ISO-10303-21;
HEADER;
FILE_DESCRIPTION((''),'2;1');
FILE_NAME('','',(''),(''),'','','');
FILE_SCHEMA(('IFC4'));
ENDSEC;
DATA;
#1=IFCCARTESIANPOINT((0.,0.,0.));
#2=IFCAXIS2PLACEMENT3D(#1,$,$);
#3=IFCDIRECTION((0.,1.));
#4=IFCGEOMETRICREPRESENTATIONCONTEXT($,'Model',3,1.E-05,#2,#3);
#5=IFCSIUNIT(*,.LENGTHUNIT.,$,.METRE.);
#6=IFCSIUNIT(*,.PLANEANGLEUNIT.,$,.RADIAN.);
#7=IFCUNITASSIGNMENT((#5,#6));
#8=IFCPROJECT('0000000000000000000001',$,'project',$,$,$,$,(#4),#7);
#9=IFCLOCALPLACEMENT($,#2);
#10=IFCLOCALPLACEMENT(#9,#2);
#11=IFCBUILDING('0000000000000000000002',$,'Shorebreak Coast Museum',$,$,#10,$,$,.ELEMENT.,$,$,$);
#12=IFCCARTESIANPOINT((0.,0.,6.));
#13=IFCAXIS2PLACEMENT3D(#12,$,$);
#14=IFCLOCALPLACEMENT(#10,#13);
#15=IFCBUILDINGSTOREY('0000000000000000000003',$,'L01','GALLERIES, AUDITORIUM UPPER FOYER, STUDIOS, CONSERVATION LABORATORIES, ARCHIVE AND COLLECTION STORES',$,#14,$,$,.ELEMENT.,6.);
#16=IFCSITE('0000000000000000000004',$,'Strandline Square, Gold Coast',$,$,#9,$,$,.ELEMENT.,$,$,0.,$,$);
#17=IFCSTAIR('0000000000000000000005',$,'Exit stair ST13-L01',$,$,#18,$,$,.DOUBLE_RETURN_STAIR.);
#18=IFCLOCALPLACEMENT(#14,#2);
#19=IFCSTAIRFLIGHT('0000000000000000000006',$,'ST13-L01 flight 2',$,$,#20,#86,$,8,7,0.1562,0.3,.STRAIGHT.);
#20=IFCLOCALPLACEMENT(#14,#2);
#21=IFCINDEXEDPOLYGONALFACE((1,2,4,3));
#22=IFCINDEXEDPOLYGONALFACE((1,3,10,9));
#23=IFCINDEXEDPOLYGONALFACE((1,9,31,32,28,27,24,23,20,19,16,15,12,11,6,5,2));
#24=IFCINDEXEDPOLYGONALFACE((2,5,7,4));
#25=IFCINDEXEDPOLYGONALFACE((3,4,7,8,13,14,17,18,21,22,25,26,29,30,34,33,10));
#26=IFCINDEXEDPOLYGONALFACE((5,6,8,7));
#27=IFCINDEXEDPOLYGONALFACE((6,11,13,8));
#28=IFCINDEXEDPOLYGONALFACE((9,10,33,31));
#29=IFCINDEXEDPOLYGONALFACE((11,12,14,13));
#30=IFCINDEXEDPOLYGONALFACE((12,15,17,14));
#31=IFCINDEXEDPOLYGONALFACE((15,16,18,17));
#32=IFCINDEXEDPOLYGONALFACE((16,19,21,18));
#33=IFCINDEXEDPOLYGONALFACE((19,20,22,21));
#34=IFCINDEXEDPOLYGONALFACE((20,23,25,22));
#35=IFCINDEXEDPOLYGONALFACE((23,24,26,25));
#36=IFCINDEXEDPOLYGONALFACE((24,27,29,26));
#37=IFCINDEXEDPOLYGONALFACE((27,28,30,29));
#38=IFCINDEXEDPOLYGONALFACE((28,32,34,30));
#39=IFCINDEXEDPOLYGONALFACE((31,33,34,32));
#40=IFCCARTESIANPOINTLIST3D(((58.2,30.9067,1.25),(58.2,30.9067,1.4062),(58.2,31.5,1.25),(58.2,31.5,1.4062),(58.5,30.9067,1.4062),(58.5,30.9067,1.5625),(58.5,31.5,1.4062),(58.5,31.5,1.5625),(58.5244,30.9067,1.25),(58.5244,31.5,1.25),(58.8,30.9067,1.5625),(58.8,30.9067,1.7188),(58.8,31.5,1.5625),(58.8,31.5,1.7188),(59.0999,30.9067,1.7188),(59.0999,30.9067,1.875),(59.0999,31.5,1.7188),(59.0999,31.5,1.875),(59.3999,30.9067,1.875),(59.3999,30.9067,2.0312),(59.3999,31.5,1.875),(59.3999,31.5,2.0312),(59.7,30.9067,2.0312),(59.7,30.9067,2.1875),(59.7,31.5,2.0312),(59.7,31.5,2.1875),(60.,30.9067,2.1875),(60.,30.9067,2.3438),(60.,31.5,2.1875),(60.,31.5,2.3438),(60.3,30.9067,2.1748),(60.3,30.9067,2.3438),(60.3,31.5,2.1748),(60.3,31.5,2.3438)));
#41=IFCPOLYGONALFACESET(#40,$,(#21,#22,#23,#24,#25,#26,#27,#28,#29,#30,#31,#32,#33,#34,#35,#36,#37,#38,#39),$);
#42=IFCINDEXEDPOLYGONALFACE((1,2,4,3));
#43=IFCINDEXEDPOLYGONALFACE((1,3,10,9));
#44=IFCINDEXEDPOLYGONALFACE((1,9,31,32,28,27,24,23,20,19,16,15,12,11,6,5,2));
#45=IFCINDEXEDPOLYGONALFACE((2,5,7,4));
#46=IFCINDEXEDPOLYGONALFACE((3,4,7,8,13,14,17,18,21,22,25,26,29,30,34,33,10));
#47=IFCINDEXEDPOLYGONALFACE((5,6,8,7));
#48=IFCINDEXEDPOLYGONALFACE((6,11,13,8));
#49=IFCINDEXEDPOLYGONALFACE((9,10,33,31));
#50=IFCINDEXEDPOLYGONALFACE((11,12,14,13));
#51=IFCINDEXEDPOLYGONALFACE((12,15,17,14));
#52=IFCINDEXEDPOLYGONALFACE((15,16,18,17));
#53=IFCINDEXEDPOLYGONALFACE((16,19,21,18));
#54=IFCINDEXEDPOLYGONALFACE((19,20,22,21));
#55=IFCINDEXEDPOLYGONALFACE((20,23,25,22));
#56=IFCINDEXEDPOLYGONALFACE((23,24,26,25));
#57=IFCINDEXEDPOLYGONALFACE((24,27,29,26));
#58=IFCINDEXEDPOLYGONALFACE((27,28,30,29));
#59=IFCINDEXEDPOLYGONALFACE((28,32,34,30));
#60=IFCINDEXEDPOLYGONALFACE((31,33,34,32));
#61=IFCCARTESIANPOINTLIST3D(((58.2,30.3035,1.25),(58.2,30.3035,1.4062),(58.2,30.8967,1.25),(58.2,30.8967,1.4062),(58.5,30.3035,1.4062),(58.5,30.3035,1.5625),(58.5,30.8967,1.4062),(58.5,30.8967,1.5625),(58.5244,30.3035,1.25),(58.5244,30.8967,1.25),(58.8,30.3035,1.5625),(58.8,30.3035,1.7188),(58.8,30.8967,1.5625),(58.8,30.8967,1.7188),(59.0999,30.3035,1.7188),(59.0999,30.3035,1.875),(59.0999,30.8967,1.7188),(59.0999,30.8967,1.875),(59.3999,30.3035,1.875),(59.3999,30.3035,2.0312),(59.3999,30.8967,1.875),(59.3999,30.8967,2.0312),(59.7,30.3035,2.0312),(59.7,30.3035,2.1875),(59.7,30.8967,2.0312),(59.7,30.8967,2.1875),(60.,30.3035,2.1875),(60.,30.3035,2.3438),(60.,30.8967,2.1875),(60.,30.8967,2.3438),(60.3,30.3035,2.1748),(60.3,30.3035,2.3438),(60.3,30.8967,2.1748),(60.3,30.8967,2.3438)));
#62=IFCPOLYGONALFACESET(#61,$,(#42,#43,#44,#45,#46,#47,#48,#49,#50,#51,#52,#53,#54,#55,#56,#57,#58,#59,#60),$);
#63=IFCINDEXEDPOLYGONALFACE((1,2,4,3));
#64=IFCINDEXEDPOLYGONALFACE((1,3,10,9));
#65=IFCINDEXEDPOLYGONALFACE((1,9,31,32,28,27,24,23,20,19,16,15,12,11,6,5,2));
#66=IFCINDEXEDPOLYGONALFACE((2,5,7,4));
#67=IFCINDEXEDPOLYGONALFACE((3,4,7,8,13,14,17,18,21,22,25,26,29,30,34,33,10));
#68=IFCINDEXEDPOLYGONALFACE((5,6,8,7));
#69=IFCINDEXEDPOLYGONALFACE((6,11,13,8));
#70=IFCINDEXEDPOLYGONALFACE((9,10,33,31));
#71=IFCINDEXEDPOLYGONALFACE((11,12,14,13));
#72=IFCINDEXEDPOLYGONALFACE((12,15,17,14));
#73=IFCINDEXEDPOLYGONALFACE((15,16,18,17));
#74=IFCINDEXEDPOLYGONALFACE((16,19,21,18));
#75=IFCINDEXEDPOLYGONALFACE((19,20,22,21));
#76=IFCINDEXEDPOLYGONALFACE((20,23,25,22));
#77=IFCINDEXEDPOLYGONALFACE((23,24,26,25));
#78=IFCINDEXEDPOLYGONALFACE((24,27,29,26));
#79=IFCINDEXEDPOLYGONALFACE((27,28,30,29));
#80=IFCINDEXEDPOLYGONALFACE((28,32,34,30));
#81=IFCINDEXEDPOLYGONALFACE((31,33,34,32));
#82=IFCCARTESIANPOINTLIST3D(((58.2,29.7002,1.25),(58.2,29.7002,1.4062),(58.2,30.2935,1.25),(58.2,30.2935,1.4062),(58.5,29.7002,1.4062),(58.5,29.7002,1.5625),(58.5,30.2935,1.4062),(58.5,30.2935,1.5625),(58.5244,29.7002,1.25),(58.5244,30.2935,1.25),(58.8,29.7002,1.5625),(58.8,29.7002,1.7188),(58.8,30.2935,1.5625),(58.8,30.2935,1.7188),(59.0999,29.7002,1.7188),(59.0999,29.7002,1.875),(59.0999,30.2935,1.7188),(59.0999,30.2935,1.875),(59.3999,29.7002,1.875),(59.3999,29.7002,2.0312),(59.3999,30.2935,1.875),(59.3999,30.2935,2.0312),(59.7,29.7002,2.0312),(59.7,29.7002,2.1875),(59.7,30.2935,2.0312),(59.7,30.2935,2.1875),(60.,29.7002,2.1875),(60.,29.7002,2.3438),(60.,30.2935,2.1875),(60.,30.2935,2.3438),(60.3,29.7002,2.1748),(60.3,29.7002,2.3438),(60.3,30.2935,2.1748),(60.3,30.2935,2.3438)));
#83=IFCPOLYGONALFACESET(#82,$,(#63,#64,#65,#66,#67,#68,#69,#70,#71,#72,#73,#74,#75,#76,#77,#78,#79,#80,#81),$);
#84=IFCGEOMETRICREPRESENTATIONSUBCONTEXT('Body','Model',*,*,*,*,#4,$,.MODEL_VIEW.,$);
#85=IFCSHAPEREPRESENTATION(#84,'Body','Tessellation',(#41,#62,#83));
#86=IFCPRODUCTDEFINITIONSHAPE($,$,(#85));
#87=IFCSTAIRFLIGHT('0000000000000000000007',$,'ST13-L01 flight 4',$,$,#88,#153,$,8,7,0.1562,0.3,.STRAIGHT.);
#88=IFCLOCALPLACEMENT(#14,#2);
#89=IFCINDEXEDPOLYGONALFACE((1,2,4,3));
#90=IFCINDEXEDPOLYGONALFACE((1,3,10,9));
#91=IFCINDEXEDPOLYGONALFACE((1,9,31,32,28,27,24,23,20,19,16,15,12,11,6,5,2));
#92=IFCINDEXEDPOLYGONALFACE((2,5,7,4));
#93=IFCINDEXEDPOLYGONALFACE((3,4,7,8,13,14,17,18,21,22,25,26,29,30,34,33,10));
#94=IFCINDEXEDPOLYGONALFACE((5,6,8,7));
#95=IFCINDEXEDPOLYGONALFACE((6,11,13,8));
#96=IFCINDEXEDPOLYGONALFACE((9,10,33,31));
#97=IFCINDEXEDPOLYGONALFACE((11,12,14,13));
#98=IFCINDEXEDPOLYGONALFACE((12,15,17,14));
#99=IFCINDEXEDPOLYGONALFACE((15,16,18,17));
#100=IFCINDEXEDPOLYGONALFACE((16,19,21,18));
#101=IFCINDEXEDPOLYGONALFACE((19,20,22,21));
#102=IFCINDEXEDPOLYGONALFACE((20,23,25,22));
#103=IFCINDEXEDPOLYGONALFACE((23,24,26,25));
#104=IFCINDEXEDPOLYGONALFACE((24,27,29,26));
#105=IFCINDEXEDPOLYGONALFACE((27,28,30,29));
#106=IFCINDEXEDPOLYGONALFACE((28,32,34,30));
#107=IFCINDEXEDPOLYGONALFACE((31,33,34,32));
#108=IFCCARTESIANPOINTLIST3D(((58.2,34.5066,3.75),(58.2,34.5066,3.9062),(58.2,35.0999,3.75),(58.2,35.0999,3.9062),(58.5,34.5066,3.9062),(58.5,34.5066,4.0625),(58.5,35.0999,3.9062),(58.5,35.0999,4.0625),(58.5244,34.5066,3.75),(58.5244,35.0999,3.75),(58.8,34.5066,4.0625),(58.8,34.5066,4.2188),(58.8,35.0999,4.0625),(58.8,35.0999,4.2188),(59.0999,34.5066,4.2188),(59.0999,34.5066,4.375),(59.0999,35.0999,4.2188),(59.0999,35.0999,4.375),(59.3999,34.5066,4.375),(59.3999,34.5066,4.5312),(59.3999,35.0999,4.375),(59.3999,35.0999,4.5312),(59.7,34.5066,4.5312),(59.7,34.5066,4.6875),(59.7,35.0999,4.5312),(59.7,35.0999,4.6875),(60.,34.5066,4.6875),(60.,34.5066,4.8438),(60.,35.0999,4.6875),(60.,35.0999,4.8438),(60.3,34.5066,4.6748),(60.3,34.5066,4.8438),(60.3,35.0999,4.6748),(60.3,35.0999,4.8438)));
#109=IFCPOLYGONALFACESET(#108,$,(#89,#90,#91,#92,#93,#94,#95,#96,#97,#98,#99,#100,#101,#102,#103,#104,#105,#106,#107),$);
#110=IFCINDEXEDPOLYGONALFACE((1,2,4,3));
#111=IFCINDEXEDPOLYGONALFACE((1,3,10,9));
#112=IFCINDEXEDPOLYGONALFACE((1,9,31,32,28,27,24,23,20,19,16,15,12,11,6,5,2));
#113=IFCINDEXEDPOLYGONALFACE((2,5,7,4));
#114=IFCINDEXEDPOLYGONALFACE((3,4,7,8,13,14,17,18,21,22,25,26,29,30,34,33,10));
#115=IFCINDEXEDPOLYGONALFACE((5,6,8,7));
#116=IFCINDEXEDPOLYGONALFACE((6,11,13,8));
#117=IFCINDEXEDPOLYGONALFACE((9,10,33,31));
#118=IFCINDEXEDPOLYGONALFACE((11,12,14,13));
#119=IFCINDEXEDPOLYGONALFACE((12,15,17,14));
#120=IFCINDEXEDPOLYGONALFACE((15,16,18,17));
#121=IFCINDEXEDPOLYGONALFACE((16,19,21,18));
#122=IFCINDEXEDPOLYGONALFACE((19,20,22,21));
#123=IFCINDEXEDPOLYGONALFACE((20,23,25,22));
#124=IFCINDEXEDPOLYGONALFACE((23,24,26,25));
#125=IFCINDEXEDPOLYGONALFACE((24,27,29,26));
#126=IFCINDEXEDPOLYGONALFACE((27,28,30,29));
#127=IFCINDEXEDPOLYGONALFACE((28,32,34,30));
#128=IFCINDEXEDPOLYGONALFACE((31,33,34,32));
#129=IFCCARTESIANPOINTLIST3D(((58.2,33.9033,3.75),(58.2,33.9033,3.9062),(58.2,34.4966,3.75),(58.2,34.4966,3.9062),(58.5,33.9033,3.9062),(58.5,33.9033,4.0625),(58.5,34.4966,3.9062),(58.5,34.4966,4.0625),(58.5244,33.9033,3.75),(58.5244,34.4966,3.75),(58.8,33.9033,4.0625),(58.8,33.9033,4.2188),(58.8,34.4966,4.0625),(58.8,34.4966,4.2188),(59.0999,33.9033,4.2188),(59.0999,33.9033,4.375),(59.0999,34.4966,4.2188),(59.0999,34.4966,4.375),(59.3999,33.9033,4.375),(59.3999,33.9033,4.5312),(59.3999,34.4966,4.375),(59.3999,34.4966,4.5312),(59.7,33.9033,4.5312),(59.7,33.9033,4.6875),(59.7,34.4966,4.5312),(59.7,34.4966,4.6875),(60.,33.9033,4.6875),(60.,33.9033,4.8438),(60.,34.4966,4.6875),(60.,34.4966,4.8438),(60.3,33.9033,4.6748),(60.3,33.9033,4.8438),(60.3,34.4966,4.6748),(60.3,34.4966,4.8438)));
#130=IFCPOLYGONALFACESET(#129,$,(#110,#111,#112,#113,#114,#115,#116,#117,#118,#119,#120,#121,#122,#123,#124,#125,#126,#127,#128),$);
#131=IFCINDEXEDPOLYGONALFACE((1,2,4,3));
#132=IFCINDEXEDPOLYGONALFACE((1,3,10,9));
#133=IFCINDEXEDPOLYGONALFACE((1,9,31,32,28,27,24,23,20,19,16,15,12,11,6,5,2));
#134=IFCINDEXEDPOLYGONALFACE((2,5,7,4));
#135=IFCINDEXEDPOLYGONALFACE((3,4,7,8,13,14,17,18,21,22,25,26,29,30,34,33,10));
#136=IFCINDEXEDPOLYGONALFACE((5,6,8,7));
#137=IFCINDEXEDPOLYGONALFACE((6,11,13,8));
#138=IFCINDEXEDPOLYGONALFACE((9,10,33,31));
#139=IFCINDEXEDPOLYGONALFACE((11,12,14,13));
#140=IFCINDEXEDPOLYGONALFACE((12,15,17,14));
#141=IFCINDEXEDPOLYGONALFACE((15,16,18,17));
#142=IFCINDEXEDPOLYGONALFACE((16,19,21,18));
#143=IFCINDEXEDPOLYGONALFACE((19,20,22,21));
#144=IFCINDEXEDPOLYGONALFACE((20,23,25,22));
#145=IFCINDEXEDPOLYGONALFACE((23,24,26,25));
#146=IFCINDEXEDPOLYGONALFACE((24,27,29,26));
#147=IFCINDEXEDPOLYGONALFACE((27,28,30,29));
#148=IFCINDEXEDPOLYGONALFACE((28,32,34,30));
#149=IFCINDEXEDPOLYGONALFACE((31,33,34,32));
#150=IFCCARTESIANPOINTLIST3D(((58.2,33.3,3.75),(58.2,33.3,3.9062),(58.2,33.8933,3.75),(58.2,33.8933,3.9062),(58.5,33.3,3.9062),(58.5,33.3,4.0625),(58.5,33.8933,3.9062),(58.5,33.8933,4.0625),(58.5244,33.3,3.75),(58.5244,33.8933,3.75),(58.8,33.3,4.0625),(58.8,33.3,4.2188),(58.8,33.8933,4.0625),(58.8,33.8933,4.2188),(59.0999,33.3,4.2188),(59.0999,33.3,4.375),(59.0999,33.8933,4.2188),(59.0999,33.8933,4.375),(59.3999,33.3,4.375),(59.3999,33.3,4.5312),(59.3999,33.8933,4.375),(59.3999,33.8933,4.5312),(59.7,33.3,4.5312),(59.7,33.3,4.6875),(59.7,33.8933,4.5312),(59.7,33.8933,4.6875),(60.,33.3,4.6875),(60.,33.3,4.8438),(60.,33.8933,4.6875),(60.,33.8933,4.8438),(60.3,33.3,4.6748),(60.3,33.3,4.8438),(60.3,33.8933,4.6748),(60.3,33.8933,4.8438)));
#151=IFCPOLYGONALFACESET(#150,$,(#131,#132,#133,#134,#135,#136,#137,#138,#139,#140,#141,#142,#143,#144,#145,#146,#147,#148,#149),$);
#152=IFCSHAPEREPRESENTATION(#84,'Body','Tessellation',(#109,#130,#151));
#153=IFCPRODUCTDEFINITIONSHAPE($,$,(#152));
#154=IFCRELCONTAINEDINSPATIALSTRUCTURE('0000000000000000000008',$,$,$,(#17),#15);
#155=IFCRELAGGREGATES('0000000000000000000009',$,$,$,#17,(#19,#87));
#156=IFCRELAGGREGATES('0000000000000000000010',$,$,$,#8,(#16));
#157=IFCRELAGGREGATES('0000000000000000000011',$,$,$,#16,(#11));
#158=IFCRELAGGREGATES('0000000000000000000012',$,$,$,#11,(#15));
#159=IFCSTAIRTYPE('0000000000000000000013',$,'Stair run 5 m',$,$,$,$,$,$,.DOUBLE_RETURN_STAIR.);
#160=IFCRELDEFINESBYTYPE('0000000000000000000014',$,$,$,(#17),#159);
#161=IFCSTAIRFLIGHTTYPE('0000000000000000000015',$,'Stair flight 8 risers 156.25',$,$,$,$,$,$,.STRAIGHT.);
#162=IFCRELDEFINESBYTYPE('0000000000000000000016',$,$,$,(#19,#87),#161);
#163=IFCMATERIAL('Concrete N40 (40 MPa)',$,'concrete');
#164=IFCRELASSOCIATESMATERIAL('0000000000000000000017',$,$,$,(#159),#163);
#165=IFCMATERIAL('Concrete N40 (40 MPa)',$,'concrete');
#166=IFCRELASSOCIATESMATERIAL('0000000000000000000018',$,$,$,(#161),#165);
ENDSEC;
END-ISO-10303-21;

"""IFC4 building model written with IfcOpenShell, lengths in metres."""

from ifc_helpers import new_model, si_unit, direction, frame, origin, place, context, subcontext, project, spatial, polyline, outline, extrude, material, type_object, element, aggregate, save


model = new_model("IFC4")

# Units and contexts
model_context = context("Model", 3, precision=1e-05, world=origin(), true_north=direction((0.0, 1.0)))
body_context = subcontext(model_context, "Body", "Model", "MODEL_VIEW")
ifc_project = project(units=[si_unit("LENGTHUNIT", "METRE"), si_unit("PLANEANGLEUNIT", "RADIAN")], contexts=[model_context])

# Site, building, storey
site_placement = place(None, origin())
site = spatial("IfcSite", under=ifc_project, at=site_placement, Name="Strandline Square, Gold Coast", CompositionType="ELEMENT", RefElevation=0.0)
building_placement = place(site_placement, origin())
building = spatial("IfcBuilding", under=site, at=building_placement, Name="Shorebreak Coast Museum", CompositionType="ELEMENT")
storey_placement = place(building_placement, frame((0.0, 0.0, 6.0)))
storey = spatial("IfcBuildingStorey", under=building, at=storey_placement, Name="L01", Description="GALLERIES, AUDITORIUM UPPER FOYER, STUDIOS, CONSERVATION LABORATORIES, ARCHIVE AND COLLECTION STORES", CompositionType="ELEMENT", Elevation=6.0)

# Stair, stair flights
ifc_material_1 = material(Name="Concrete N40 (40 MPa)", Category="concrete")
stair_type = type_object("IfcStairType", Name="Stair run 5 m", PredefinedType="DOUBLE_RETURN_STAIR", material=ifc_material_1)
ifc_material_2 = material(Name="Concrete N40 (40 MPa)", Category="concrete")
stair_flight_type = type_object("IfcStairFlightType", Name="Stair flight 8 risers 156.25", PredefinedType="STRAIGHT", material=ifc_material_2)
stair_1_placement = place(storey_placement, origin())
stair_1 = element("IfcStair", 1, at=stair_1_placement, inside=storey, type_object=stair_type, Name="Exit stair ST13-L01", PredefinedType="DOUBLE_RETURN_STAIR")
stair_flight_1_placement = place(storey_placement, frame((58.2, 30.6001, 1.25), z_axis=(0.0, 0.0, 1.0), x_axis=(1.0, 0.0, 0.0)))
stair_flight_1 = element("IfcStairFlight", 2, at=stair_flight_1_placement, type_object=stair_flight_type, Name="ST13-L01 flight 2", NumberOfRisers=8, NumberOfTreads=7, PredefinedType="STRAIGHT", RiserHeight=0.1562, TreadLength=0.3, context=body_context, shape_type="SweptSolid", body=[
    extrude(outline(polyline([(0.0, 0.0), (0.0, 0.1562), (0.3, 0.1562), (0.3, 0.3125), (0.6001, 0.3125), (0.6001, 0.4688), (0.8999, 0.4688), (0.8999, 0.625), (1.2, 0.625), (1.2, 0.7812), (1.5, 0.7812), (1.5, 0.9375), (1.8, 0.9375), (1.8, 1.0938), (2.1001, 1.0938), (2.1001, 1.25), (2.1001, 0.9248), (0.3245, 0.0), (0.0, 0.0)])), frame((0.0, 0.8999, 0.0), z_axis=(0.0, -1.0, 0.0), x_axis=(1.0, 0.0, 0.0)), (0.0, 0.0, 1.0), 0.5933),
    extrude(outline(polyline([(0.0, 0.0), (0.0, 0.1562), (0.3, 0.1562), (0.3, 0.3125), (0.6001, 0.3125), (0.6001, 0.4688), (0.8999, 0.4688), (0.8999, 0.625), (1.2, 0.625), (1.2, 0.7812), (1.5, 0.7812), (1.5, 0.9375), (1.8, 0.9375), (1.8, 1.0938), (2.1001, 1.0938), (2.1001, 1.25), (2.1001, 0.9248), (0.3245, 0.0), (0.0, 0.0)])), frame((0.0, 0.2966, 0.0), z_axis=(0.0, -1.0, 0.0), x_axis=(1.0, 0.0, 0.0)), (0.0, 0.0, 1.0), 0.5933),
    extrude(outline(polyline([(0.0, 0.0), (0.0, 0.1562), (0.3, 0.1562), (0.3, 0.3125), (0.6001, 0.3125), (0.6001, 0.4688), (0.8999, 0.4688), (0.8999, 0.625), (1.2, 0.625), (1.2, 0.7812), (1.5, 0.7812), (1.5, 0.9375), (1.8, 0.9375), (1.8, 1.0938), (2.1001, 1.0938), (2.1001, 1.25), (2.1001, 0.9248), (0.3245, 0.0), (0.0, 0.0)])), frame((0.0, -0.3066, 0.0), z_axis=(0.0, -1.0, 0.0), x_axis=(1.0, 0.0, 0.0)), (0.0, 0.0, 1.0), 0.5933),
])
stair_flight_2_placement = place(storey_placement, frame((58.2, 34.2, 3.75), z_axis=(0.0, 0.0, 1.0), x_axis=(1.0, 0.0, 0.0)))
stair_flight_2 = element("IfcStairFlight", 3, at=stair_flight_2_placement, type_object=stair_flight_type, Name="ST13-L01 flight 4", NumberOfRisers=8, NumberOfTreads=7, PredefinedType="STRAIGHT", RiserHeight=0.1562, TreadLength=0.3, context=body_context, shape_type="SweptSolid", body=[
    extrude(outline(polyline([(0.0, 0.0), (0.0, 0.1562), (0.3, 0.1562), (0.3, 0.3125), (0.6001, 0.3125), (0.6001, 0.4688), (0.8999, 0.4688), (0.8999, 0.625), (1.2, 0.625), (1.2, 0.7812), (1.5, 0.7812), (1.5, 0.9375), (1.8, 0.9375), (1.8, 1.0938), (2.1001, 1.0938), (2.1001, 1.25), (2.1001, 0.9248), (0.3245, 0.0), (0.0, 0.0)])), frame((0.0, 0.8999, 0.0), z_axis=(0.0, -1.0, 0.0), x_axis=(1.0, 0.0, 0.0)), (0.0, 0.0, 1.0), 0.5933),
    extrude(outline(polyline([(0.0, 0.0), (0.0, 0.1562), (0.3, 0.1562), (0.3, 0.3125), (0.6001, 0.3125), (0.6001, 0.4688), (0.8999, 0.4688), (0.8999, 0.625), (1.2, 0.625), (1.2, 0.7812), (1.5, 0.7812), (1.5, 0.9375), (1.8, 0.9375), (1.8, 1.0938), (2.1001, 1.0938), (2.1001, 1.25), (2.1001, 0.9248), (0.3245, 0.0), (0.0, 0.0)])), frame((0.0, 0.2966, 0.0), z_axis=(0.0, -1.0, 0.0), x_axis=(1.0, 0.0, 0.0)), (0.0, 0.0, 1.0), 0.5933),
    extrude(outline(polyline([(0.0, 0.0), (0.0, 0.1562), (0.3, 0.1562), (0.3, 0.3125), (0.6001, 0.3125), (0.6001, 0.4688), (0.8999, 0.4688), (0.8999, 0.625), (1.2, 0.625), (1.2, 0.7812), (1.5, 0.7812), (1.5, 0.9375), (1.8, 0.9375), (1.8, 1.0938), (2.1001, 1.0938), (2.1001, 1.25), (2.1001, 0.9248), (0.3245, 0.0), (0.0, 0.0)])), frame((0.0, -0.3066, 0.0), z_axis=(0.0, -1.0, 0.0), x_axis=(1.0, 0.0, 0.0)), (0.0, 0.0, 1.0), 0.5933),
])
aggregate(stair_1, [stair_flight_1, stair_flight_2])

save(model, "model.ifc")
